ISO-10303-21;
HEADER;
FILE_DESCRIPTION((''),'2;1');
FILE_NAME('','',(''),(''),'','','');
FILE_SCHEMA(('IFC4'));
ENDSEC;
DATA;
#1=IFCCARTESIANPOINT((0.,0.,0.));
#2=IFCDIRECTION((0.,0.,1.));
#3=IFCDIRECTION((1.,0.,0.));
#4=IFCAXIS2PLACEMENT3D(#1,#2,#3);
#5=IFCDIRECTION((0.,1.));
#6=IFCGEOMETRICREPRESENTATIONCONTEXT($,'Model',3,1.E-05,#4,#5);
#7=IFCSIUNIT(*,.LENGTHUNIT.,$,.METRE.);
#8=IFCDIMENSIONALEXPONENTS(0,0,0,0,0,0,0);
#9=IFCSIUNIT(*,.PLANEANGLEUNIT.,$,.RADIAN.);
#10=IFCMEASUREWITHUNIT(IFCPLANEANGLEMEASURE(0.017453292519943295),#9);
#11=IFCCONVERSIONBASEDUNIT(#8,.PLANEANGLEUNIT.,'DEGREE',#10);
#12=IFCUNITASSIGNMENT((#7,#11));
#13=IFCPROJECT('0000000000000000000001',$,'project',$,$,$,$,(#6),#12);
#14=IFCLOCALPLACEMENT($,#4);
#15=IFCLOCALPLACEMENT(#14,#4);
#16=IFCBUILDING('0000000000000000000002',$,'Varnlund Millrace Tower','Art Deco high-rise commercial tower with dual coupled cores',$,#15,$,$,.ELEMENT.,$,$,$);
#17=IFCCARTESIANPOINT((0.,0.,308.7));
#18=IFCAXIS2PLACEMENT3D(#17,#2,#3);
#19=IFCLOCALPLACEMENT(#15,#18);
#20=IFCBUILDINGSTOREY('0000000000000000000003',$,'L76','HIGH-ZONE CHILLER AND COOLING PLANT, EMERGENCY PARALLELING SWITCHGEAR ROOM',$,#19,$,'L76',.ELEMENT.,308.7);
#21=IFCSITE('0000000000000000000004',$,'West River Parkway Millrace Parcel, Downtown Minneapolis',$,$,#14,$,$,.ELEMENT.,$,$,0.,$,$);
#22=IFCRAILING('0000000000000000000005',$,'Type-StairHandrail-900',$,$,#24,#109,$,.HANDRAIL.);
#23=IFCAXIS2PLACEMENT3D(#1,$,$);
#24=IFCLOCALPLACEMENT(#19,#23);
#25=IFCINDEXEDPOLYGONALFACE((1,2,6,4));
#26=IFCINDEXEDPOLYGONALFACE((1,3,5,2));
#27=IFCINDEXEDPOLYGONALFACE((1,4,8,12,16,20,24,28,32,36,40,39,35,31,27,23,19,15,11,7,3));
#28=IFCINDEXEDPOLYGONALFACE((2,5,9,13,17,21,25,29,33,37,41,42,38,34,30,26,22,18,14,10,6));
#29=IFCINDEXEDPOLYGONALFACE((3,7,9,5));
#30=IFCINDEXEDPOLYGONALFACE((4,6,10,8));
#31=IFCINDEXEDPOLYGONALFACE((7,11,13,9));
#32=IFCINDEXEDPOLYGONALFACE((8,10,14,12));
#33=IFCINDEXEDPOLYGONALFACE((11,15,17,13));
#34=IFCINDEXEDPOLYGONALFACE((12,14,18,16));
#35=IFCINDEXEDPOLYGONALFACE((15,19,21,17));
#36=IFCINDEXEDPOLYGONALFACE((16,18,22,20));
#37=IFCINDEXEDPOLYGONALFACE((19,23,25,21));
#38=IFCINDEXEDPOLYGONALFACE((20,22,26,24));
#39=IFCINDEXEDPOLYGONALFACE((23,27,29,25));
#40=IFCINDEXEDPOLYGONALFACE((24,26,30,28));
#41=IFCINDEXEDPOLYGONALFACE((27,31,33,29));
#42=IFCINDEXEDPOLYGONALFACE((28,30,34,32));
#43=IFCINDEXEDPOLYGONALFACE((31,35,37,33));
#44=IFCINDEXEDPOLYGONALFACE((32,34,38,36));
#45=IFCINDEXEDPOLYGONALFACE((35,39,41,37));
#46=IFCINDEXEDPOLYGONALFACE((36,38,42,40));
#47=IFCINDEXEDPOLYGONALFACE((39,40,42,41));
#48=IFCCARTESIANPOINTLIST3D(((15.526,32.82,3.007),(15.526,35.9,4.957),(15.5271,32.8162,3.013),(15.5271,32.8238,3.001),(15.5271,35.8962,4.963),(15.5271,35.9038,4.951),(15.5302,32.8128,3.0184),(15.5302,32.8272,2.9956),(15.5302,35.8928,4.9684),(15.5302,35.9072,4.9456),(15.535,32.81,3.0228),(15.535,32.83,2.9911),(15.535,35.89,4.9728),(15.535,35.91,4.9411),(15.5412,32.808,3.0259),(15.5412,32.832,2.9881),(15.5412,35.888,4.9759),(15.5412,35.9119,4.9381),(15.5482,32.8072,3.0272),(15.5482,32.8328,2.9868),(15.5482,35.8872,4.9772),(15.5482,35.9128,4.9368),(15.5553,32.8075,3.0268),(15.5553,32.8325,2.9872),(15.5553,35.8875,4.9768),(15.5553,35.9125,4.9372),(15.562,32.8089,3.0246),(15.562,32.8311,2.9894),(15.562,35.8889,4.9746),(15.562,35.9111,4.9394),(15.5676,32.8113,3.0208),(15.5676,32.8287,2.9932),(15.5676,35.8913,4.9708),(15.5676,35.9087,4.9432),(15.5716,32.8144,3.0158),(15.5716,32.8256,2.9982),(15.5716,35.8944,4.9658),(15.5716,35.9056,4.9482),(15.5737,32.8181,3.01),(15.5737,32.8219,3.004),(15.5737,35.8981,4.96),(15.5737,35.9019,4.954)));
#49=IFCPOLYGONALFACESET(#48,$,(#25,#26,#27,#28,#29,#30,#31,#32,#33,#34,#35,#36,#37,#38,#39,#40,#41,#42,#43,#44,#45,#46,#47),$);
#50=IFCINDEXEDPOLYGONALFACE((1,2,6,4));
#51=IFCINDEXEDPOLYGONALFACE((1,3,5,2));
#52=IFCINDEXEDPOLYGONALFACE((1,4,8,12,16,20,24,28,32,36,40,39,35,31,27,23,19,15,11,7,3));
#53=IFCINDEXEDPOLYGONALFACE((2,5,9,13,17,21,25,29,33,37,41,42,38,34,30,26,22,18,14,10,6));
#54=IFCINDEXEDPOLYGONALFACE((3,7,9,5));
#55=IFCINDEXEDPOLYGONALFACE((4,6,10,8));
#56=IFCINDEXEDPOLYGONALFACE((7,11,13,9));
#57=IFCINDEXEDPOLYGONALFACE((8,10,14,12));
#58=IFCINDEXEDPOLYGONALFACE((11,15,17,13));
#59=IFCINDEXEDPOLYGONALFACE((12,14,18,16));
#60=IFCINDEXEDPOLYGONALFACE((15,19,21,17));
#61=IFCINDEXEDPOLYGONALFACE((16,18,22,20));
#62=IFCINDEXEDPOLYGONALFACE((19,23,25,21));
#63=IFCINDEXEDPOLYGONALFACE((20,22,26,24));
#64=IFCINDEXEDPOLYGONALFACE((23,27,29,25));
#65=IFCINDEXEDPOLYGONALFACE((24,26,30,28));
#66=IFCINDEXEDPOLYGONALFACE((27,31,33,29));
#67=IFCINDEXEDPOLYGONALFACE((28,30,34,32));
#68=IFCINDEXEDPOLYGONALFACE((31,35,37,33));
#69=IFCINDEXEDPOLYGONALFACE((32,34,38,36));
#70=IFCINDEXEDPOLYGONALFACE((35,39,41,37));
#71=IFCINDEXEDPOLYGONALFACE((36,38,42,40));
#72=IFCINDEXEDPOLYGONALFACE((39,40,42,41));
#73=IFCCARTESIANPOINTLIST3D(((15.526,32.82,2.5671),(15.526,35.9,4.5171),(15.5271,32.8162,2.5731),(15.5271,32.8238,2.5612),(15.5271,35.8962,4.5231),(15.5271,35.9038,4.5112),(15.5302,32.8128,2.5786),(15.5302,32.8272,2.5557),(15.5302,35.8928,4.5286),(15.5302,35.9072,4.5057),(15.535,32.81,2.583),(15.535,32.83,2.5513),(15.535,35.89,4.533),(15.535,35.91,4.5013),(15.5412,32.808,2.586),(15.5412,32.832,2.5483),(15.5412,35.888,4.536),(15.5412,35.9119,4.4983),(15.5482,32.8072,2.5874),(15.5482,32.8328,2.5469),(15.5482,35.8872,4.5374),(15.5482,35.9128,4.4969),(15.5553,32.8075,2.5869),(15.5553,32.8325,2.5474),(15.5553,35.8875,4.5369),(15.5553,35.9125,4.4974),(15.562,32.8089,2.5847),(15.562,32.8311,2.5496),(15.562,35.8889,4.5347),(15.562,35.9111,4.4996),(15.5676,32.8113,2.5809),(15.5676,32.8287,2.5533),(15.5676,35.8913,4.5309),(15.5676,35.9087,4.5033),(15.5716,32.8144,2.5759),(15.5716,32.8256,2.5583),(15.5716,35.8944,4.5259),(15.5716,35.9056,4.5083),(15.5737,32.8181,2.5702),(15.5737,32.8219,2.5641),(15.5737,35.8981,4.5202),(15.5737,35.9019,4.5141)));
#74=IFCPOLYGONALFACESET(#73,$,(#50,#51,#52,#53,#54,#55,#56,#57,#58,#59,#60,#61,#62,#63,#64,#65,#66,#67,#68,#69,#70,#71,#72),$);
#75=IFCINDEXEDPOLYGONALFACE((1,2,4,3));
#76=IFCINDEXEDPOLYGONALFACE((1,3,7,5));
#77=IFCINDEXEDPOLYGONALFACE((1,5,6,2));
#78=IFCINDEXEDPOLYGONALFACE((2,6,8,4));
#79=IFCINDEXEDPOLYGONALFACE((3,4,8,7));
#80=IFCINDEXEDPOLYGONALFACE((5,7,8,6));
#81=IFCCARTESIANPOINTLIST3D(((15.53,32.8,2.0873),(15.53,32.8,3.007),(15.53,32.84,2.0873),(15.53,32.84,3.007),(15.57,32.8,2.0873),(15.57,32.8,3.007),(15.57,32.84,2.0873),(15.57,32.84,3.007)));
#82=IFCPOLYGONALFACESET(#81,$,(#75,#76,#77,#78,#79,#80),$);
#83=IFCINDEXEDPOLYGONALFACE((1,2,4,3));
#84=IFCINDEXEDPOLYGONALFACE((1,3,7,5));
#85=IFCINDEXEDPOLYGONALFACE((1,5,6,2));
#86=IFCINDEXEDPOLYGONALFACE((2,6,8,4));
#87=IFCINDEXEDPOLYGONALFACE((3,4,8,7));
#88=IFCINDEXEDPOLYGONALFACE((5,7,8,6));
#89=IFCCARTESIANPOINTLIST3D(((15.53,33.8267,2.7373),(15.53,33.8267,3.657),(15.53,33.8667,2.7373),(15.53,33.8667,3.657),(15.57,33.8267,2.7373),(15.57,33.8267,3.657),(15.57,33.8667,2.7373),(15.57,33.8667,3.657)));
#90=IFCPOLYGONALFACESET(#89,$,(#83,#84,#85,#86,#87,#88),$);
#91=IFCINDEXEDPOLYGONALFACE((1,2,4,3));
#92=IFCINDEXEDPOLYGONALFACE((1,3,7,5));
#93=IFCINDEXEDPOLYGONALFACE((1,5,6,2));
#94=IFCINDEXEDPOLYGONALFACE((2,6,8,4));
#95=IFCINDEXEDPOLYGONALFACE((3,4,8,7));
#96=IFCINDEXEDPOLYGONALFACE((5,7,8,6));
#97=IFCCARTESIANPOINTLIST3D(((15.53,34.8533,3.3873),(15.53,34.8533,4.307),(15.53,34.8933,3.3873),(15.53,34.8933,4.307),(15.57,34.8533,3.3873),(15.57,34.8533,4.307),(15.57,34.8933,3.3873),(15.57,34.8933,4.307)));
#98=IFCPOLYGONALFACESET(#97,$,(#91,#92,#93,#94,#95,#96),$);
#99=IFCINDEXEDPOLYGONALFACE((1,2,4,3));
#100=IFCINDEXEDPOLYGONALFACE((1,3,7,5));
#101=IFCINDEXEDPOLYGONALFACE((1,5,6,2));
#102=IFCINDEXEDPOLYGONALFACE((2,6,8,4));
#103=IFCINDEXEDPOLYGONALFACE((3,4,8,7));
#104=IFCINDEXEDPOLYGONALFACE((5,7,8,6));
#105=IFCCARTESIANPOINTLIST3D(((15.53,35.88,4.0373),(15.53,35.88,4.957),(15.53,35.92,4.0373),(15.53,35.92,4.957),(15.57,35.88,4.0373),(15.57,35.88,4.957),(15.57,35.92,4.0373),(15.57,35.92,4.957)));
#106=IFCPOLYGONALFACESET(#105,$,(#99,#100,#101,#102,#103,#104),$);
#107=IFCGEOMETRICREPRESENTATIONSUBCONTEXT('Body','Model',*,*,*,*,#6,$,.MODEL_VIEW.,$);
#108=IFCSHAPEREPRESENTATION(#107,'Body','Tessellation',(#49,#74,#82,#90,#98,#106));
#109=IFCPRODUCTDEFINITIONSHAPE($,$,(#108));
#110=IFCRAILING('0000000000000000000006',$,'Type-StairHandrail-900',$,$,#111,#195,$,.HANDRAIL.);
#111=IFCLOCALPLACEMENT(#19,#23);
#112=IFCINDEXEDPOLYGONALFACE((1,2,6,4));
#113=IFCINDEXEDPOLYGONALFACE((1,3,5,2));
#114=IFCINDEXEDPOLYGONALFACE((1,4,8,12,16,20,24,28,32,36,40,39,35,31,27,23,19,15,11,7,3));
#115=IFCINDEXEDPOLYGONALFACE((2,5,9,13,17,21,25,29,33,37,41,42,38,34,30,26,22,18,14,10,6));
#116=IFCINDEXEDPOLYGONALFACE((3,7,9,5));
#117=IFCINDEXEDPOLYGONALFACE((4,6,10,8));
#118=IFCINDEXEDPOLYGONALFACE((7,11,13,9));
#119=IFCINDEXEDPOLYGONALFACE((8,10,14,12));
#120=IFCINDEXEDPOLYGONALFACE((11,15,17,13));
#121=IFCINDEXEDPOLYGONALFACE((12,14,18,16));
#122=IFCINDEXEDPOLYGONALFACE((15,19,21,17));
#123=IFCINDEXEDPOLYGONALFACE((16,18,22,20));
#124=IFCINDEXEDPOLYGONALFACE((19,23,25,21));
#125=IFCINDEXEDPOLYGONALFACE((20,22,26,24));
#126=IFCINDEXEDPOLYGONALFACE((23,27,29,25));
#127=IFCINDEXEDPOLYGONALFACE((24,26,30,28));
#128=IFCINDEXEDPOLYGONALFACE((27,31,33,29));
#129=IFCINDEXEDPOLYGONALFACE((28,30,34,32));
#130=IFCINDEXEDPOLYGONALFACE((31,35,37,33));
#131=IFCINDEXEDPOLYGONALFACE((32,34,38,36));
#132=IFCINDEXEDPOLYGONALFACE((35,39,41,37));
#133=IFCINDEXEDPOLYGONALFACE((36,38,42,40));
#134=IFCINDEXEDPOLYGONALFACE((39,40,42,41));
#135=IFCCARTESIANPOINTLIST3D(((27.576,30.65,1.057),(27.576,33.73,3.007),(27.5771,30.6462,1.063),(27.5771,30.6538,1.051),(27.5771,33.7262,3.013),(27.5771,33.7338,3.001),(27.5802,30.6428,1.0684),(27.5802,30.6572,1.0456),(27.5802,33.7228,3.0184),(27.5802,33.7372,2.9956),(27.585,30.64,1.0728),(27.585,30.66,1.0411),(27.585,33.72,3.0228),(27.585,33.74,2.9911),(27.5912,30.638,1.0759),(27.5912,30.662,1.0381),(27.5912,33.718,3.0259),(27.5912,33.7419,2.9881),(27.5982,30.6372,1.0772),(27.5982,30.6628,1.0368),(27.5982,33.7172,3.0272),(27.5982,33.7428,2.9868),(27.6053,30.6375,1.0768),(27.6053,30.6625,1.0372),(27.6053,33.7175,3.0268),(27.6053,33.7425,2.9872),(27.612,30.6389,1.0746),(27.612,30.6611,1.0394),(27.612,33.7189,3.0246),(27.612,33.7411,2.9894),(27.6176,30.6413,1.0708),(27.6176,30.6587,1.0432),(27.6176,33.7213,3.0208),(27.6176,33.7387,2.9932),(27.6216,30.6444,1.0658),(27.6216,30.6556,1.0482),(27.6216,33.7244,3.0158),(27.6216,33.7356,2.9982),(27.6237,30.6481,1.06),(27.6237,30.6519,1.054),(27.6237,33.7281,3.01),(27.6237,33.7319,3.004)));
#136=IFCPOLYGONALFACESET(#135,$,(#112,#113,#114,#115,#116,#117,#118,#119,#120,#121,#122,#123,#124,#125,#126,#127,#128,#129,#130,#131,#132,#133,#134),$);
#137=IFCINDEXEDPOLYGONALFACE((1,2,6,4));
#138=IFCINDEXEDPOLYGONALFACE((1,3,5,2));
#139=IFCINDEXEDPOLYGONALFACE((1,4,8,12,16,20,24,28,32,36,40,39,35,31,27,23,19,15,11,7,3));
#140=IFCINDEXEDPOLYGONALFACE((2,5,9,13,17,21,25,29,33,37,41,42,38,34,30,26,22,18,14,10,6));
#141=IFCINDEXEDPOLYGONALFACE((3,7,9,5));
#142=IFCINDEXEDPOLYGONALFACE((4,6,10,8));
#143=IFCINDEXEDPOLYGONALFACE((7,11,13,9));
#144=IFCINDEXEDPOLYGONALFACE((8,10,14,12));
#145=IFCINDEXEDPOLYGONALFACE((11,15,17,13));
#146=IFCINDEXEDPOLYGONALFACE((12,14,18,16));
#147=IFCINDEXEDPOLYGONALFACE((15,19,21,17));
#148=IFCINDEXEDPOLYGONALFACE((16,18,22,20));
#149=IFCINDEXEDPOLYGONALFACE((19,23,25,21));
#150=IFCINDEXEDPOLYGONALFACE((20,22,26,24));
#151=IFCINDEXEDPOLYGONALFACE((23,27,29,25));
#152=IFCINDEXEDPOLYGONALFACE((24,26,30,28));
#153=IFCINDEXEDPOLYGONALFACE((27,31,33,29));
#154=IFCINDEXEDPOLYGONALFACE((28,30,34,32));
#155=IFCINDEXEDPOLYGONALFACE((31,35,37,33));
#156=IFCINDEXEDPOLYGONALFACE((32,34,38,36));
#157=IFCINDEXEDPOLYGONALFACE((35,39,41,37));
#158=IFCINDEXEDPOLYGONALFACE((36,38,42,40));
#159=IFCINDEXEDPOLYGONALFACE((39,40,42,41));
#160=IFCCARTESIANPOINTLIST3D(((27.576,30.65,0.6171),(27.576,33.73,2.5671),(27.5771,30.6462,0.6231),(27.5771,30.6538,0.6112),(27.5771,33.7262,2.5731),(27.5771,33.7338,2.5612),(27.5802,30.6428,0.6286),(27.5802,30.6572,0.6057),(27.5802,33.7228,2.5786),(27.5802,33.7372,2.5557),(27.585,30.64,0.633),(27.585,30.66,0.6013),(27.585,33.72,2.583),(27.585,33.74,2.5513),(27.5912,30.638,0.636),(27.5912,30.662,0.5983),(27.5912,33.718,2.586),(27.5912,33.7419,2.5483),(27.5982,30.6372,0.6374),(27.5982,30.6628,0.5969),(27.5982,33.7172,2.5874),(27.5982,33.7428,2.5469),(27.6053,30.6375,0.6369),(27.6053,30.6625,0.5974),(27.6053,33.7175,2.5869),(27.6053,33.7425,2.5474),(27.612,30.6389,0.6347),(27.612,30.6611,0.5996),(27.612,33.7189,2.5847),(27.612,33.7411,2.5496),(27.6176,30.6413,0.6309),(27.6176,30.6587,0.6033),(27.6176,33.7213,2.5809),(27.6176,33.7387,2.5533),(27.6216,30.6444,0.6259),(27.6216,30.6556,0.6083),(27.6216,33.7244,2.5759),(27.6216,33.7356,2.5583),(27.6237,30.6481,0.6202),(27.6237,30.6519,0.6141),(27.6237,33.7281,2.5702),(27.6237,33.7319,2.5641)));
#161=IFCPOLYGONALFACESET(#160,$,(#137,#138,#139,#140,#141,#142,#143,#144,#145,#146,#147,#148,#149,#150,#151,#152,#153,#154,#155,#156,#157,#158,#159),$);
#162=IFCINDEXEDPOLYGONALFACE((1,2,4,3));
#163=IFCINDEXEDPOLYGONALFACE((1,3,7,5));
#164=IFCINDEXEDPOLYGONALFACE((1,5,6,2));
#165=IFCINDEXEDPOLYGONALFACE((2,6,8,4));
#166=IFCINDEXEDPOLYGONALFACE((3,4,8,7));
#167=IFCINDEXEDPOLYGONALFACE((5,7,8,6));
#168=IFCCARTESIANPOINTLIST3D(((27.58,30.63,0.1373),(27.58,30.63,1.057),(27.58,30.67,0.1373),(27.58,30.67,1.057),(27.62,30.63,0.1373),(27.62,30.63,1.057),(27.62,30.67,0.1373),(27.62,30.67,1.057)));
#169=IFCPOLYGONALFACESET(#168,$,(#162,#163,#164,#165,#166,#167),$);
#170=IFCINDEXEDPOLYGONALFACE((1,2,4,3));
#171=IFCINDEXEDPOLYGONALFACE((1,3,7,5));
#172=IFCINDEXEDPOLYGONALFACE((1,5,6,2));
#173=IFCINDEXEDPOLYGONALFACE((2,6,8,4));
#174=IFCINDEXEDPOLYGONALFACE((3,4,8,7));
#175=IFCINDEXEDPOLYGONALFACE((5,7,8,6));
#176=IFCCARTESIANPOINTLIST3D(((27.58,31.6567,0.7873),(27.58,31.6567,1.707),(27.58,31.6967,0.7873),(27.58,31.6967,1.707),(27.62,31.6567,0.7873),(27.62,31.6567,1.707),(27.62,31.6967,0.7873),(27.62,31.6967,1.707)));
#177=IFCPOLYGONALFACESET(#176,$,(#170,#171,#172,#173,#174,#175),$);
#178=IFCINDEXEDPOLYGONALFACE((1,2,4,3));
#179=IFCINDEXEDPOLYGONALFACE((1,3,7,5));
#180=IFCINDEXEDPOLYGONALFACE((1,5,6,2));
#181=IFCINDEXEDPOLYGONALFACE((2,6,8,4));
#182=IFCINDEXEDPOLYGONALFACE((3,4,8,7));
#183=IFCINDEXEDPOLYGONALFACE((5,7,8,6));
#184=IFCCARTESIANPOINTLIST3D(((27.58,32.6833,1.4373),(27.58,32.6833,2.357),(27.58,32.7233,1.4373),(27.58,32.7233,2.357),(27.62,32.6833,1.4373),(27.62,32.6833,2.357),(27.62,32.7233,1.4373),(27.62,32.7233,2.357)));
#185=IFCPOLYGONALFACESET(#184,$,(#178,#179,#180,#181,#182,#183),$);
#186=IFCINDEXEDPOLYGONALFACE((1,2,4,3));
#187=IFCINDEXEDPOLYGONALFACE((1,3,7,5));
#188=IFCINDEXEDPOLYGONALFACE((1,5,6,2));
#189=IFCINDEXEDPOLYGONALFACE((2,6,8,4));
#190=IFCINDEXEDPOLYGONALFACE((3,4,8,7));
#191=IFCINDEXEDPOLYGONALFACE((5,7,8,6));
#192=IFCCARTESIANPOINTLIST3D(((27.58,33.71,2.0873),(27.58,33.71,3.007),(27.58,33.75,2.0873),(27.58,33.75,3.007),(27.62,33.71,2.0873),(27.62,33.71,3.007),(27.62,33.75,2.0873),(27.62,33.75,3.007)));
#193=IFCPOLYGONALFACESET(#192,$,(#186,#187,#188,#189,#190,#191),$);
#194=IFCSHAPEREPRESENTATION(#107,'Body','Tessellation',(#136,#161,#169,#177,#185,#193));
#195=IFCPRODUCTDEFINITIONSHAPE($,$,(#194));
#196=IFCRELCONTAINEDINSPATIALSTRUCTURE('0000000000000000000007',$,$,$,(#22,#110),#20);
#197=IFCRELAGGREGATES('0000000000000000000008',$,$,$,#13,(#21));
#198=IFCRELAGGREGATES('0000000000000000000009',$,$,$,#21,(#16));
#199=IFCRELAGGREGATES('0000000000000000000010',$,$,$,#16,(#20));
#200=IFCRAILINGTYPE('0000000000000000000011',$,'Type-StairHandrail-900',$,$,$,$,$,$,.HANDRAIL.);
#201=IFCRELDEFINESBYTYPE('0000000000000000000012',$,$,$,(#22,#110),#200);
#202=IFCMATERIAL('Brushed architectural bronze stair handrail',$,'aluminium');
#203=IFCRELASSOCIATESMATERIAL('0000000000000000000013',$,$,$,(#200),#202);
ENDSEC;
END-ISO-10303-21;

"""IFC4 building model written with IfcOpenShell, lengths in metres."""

from ifc_helpers import new_model, entity, si_unit, converted_unit, direction, frame, origin_with_axes, origin_2d_with_axis, place, context, subcontext, project, spatial, rectangle, circle, extrude, material, type_object, element, save


model = new_model("IFC4")

# Units and contexts
model_context = context("Model", 3, precision=1e-05, world=origin_with_axes(), true_north=direction((0.0, 1.0)))
body_context = subcontext(model_context, "Body", "Model", "MODEL_VIEW")
ifc_project = project(units=[si_unit("LENGTHUNIT", "METRE"), converted_unit("PLANEANGLEUNIT", "DEGREE", entity("IfcPlaneAngleMeasure", 0.017453292519943295), si_unit("PLANEANGLEUNIT", "RADIAN"), dimensions=[0, 0, 0, 0, 0, 0, 0])], contexts=[model_context])

# Site, building, storey
site_placement = place(None, origin_with_axes())
site = spatial("IfcSite", under=ifc_project, at=site_placement, Name="West River Parkway Millrace Parcel, Downtown Minneapolis", CompositionType="ELEMENT", RefElevation=0.0)
building_placement = place(site_placement, origin_with_axes())
building = spatial("IfcBuilding", under=site, at=building_placement, Name="Varnlund Millrace Tower", Description="Art Deco high-rise commercial tower with dual coupled cores", CompositionType="ELEMENT")
storey_placement = place(building_placement, frame((0.0, 0.0, 308.7), z_axis=(0.0, 0.0, 1.0), x_axis=(1.0, 0.0, 0.0)))
storey = spatial("IfcBuildingStorey", under=building, at=storey_placement, Name="L76", Description="HIGH-ZONE CHILLER AND COOLING PLANT, EMERGENCY PARALLELING SWITCHGEAR ROOM", LongName="L76", CompositionType="ELEMENT", Elevation=308.7)

# Railings
ifc_material_1 = material(Name="Brushed architectural bronze stair handrail", Category="aluminium")
railing_type_1 = type_object("IfcRailingType", Name="Type-StairHandrail-900", PredefinedType="HANDRAIL", material=ifc_material_1)
railing_1_placement = place(storey_placement, frame((0.0, 0.0, -308.7), z_axis=(0.0, 0.0, 1.0), x_axis=(1.0, 0.0, 0.0)))
element("IfcRailing", 1, at=railing_1_placement, inside=storey, type_object=railing_type_1, Name="Type-StairHandrail-900", PredefinedType="HANDRAIL", context=body_context, shape_type="SweptSolid", body=[
    extrude(circle(Radius=0.024, at=origin_2d_with_axis()), frame((15.55, 32.82, 311.707), z_axis=(0.0, 0.844902, 0.534922), x_axis=(-1.0, 0.0, 0.0)), (0.0, 0.0, 1.0), 3.6454),
    extrude(circle(Radius=0.024, at=origin_2d_with_axis()), frame((15.55, 32.82, 311.2671), z_axis=(0.0, 0.844902, 0.534922), x_axis=(-1.0, 0.0, 0.0)), (0.0, 0.0, 1.0), 3.6454),
    extrude(rectangle(XDim=0.04, YDim=0.04, at=origin_2d_with_axis()), frame((15.55, 32.82, 310.7873), z_axis=(0.0, 0.0, 1.0), x_axis=(1.0, 0.0, 0.0)), (0.0, 0.0, 1.0), 0.9197),
    extrude(rectangle(XDim=0.04, YDim=0.04, at=origin_2d_with_axis()), frame((15.55, 33.8467, 311.4373), z_axis=(0.0, 0.0, 1.0), x_axis=(1.0, 0.0, 0.0)), (0.0, 0.0, 1.0), 0.9197),
    extrude(rectangle(XDim=0.04, YDim=0.04, at=origin_2d_with_axis()), frame((15.55, 34.8733, 312.0873), z_axis=(0.0, 0.0, 1.0), x_axis=(1.0, 0.0, 0.0)), (0.0, 0.0, 1.0), 0.9197),
    extrude(rectangle(XDim=0.04, YDim=0.04, at=origin_2d_with_axis()), frame((15.55, 35.9, 312.7373), z_axis=(0.0, 0.0, 1.0), x_axis=(1.0, 0.0, 0.0)), (0.0, 0.0, 1.0), 0.9197),
])
railing_2_placement = place(storey_placement, frame((0.0, 0.0, -308.7), z_axis=(0.0, 0.0, 1.0), x_axis=(1.0, 0.0, 0.0)))
element("IfcRailing", 2, at=railing_2_placement, inside=storey, type_object=railing_type_1, Name="Type-StairHandrail-900", PredefinedType="HANDRAIL", context=body_context, shape_type="SweptSolid", body=[
    extrude(circle(Radius=0.024, at=origin_2d_with_axis()), frame((27.6, 30.65, 309.757), z_axis=(0.0, 0.844902, 0.534922), x_axis=(-1.0, 0.0, 0.0)), (0.0, 0.0, 1.0), 3.6454),
    extrude(circle(Radius=0.024, at=origin_2d_with_axis()), frame((27.6, 30.65, 309.3171), z_axis=(0.0, 0.844902, 0.534922), x_axis=(-1.0, 0.0, 0.0)), (0.0, 0.0, 1.0), 3.6454),
    extrude(rectangle(XDim=0.04, YDim=0.04, at=origin_2d_with_axis()), frame((27.6, 30.65, 308.8373), z_axis=(0.0, 0.0, 1.0), x_axis=(1.0, 0.0, 0.0)), (0.0, 0.0, 1.0), 0.9197),
    extrude(rectangle(XDim=0.04, YDim=0.04, at=origin_2d_with_axis()), frame((27.6, 31.6767, 309.4873), z_axis=(0.0, 0.0, 1.0), x_axis=(1.0, 0.0, 0.0)), (0.0, 0.0, 1.0), 0.9197),
    extrude(rectangle(XDim=0.04, YDim=0.04, at=origin_2d_with_axis()), frame((27.6, 32.7033, 310.1373), z_axis=(0.0, 0.0, 1.0), x_axis=(1.0, 0.0, 0.0)), (0.0, 0.0, 1.0), 0.9197),
    extrude(rectangle(XDim=0.04, YDim=0.04, at=origin_2d_with_axis()), frame((27.6, 33.73, 310.7873), z_axis=(0.0, 0.0, 1.0), x_axis=(1.0, 0.0, 0.0)), (0.0, 0.0, 1.0), 0.9197),
])

save(model, "model.ifc")
